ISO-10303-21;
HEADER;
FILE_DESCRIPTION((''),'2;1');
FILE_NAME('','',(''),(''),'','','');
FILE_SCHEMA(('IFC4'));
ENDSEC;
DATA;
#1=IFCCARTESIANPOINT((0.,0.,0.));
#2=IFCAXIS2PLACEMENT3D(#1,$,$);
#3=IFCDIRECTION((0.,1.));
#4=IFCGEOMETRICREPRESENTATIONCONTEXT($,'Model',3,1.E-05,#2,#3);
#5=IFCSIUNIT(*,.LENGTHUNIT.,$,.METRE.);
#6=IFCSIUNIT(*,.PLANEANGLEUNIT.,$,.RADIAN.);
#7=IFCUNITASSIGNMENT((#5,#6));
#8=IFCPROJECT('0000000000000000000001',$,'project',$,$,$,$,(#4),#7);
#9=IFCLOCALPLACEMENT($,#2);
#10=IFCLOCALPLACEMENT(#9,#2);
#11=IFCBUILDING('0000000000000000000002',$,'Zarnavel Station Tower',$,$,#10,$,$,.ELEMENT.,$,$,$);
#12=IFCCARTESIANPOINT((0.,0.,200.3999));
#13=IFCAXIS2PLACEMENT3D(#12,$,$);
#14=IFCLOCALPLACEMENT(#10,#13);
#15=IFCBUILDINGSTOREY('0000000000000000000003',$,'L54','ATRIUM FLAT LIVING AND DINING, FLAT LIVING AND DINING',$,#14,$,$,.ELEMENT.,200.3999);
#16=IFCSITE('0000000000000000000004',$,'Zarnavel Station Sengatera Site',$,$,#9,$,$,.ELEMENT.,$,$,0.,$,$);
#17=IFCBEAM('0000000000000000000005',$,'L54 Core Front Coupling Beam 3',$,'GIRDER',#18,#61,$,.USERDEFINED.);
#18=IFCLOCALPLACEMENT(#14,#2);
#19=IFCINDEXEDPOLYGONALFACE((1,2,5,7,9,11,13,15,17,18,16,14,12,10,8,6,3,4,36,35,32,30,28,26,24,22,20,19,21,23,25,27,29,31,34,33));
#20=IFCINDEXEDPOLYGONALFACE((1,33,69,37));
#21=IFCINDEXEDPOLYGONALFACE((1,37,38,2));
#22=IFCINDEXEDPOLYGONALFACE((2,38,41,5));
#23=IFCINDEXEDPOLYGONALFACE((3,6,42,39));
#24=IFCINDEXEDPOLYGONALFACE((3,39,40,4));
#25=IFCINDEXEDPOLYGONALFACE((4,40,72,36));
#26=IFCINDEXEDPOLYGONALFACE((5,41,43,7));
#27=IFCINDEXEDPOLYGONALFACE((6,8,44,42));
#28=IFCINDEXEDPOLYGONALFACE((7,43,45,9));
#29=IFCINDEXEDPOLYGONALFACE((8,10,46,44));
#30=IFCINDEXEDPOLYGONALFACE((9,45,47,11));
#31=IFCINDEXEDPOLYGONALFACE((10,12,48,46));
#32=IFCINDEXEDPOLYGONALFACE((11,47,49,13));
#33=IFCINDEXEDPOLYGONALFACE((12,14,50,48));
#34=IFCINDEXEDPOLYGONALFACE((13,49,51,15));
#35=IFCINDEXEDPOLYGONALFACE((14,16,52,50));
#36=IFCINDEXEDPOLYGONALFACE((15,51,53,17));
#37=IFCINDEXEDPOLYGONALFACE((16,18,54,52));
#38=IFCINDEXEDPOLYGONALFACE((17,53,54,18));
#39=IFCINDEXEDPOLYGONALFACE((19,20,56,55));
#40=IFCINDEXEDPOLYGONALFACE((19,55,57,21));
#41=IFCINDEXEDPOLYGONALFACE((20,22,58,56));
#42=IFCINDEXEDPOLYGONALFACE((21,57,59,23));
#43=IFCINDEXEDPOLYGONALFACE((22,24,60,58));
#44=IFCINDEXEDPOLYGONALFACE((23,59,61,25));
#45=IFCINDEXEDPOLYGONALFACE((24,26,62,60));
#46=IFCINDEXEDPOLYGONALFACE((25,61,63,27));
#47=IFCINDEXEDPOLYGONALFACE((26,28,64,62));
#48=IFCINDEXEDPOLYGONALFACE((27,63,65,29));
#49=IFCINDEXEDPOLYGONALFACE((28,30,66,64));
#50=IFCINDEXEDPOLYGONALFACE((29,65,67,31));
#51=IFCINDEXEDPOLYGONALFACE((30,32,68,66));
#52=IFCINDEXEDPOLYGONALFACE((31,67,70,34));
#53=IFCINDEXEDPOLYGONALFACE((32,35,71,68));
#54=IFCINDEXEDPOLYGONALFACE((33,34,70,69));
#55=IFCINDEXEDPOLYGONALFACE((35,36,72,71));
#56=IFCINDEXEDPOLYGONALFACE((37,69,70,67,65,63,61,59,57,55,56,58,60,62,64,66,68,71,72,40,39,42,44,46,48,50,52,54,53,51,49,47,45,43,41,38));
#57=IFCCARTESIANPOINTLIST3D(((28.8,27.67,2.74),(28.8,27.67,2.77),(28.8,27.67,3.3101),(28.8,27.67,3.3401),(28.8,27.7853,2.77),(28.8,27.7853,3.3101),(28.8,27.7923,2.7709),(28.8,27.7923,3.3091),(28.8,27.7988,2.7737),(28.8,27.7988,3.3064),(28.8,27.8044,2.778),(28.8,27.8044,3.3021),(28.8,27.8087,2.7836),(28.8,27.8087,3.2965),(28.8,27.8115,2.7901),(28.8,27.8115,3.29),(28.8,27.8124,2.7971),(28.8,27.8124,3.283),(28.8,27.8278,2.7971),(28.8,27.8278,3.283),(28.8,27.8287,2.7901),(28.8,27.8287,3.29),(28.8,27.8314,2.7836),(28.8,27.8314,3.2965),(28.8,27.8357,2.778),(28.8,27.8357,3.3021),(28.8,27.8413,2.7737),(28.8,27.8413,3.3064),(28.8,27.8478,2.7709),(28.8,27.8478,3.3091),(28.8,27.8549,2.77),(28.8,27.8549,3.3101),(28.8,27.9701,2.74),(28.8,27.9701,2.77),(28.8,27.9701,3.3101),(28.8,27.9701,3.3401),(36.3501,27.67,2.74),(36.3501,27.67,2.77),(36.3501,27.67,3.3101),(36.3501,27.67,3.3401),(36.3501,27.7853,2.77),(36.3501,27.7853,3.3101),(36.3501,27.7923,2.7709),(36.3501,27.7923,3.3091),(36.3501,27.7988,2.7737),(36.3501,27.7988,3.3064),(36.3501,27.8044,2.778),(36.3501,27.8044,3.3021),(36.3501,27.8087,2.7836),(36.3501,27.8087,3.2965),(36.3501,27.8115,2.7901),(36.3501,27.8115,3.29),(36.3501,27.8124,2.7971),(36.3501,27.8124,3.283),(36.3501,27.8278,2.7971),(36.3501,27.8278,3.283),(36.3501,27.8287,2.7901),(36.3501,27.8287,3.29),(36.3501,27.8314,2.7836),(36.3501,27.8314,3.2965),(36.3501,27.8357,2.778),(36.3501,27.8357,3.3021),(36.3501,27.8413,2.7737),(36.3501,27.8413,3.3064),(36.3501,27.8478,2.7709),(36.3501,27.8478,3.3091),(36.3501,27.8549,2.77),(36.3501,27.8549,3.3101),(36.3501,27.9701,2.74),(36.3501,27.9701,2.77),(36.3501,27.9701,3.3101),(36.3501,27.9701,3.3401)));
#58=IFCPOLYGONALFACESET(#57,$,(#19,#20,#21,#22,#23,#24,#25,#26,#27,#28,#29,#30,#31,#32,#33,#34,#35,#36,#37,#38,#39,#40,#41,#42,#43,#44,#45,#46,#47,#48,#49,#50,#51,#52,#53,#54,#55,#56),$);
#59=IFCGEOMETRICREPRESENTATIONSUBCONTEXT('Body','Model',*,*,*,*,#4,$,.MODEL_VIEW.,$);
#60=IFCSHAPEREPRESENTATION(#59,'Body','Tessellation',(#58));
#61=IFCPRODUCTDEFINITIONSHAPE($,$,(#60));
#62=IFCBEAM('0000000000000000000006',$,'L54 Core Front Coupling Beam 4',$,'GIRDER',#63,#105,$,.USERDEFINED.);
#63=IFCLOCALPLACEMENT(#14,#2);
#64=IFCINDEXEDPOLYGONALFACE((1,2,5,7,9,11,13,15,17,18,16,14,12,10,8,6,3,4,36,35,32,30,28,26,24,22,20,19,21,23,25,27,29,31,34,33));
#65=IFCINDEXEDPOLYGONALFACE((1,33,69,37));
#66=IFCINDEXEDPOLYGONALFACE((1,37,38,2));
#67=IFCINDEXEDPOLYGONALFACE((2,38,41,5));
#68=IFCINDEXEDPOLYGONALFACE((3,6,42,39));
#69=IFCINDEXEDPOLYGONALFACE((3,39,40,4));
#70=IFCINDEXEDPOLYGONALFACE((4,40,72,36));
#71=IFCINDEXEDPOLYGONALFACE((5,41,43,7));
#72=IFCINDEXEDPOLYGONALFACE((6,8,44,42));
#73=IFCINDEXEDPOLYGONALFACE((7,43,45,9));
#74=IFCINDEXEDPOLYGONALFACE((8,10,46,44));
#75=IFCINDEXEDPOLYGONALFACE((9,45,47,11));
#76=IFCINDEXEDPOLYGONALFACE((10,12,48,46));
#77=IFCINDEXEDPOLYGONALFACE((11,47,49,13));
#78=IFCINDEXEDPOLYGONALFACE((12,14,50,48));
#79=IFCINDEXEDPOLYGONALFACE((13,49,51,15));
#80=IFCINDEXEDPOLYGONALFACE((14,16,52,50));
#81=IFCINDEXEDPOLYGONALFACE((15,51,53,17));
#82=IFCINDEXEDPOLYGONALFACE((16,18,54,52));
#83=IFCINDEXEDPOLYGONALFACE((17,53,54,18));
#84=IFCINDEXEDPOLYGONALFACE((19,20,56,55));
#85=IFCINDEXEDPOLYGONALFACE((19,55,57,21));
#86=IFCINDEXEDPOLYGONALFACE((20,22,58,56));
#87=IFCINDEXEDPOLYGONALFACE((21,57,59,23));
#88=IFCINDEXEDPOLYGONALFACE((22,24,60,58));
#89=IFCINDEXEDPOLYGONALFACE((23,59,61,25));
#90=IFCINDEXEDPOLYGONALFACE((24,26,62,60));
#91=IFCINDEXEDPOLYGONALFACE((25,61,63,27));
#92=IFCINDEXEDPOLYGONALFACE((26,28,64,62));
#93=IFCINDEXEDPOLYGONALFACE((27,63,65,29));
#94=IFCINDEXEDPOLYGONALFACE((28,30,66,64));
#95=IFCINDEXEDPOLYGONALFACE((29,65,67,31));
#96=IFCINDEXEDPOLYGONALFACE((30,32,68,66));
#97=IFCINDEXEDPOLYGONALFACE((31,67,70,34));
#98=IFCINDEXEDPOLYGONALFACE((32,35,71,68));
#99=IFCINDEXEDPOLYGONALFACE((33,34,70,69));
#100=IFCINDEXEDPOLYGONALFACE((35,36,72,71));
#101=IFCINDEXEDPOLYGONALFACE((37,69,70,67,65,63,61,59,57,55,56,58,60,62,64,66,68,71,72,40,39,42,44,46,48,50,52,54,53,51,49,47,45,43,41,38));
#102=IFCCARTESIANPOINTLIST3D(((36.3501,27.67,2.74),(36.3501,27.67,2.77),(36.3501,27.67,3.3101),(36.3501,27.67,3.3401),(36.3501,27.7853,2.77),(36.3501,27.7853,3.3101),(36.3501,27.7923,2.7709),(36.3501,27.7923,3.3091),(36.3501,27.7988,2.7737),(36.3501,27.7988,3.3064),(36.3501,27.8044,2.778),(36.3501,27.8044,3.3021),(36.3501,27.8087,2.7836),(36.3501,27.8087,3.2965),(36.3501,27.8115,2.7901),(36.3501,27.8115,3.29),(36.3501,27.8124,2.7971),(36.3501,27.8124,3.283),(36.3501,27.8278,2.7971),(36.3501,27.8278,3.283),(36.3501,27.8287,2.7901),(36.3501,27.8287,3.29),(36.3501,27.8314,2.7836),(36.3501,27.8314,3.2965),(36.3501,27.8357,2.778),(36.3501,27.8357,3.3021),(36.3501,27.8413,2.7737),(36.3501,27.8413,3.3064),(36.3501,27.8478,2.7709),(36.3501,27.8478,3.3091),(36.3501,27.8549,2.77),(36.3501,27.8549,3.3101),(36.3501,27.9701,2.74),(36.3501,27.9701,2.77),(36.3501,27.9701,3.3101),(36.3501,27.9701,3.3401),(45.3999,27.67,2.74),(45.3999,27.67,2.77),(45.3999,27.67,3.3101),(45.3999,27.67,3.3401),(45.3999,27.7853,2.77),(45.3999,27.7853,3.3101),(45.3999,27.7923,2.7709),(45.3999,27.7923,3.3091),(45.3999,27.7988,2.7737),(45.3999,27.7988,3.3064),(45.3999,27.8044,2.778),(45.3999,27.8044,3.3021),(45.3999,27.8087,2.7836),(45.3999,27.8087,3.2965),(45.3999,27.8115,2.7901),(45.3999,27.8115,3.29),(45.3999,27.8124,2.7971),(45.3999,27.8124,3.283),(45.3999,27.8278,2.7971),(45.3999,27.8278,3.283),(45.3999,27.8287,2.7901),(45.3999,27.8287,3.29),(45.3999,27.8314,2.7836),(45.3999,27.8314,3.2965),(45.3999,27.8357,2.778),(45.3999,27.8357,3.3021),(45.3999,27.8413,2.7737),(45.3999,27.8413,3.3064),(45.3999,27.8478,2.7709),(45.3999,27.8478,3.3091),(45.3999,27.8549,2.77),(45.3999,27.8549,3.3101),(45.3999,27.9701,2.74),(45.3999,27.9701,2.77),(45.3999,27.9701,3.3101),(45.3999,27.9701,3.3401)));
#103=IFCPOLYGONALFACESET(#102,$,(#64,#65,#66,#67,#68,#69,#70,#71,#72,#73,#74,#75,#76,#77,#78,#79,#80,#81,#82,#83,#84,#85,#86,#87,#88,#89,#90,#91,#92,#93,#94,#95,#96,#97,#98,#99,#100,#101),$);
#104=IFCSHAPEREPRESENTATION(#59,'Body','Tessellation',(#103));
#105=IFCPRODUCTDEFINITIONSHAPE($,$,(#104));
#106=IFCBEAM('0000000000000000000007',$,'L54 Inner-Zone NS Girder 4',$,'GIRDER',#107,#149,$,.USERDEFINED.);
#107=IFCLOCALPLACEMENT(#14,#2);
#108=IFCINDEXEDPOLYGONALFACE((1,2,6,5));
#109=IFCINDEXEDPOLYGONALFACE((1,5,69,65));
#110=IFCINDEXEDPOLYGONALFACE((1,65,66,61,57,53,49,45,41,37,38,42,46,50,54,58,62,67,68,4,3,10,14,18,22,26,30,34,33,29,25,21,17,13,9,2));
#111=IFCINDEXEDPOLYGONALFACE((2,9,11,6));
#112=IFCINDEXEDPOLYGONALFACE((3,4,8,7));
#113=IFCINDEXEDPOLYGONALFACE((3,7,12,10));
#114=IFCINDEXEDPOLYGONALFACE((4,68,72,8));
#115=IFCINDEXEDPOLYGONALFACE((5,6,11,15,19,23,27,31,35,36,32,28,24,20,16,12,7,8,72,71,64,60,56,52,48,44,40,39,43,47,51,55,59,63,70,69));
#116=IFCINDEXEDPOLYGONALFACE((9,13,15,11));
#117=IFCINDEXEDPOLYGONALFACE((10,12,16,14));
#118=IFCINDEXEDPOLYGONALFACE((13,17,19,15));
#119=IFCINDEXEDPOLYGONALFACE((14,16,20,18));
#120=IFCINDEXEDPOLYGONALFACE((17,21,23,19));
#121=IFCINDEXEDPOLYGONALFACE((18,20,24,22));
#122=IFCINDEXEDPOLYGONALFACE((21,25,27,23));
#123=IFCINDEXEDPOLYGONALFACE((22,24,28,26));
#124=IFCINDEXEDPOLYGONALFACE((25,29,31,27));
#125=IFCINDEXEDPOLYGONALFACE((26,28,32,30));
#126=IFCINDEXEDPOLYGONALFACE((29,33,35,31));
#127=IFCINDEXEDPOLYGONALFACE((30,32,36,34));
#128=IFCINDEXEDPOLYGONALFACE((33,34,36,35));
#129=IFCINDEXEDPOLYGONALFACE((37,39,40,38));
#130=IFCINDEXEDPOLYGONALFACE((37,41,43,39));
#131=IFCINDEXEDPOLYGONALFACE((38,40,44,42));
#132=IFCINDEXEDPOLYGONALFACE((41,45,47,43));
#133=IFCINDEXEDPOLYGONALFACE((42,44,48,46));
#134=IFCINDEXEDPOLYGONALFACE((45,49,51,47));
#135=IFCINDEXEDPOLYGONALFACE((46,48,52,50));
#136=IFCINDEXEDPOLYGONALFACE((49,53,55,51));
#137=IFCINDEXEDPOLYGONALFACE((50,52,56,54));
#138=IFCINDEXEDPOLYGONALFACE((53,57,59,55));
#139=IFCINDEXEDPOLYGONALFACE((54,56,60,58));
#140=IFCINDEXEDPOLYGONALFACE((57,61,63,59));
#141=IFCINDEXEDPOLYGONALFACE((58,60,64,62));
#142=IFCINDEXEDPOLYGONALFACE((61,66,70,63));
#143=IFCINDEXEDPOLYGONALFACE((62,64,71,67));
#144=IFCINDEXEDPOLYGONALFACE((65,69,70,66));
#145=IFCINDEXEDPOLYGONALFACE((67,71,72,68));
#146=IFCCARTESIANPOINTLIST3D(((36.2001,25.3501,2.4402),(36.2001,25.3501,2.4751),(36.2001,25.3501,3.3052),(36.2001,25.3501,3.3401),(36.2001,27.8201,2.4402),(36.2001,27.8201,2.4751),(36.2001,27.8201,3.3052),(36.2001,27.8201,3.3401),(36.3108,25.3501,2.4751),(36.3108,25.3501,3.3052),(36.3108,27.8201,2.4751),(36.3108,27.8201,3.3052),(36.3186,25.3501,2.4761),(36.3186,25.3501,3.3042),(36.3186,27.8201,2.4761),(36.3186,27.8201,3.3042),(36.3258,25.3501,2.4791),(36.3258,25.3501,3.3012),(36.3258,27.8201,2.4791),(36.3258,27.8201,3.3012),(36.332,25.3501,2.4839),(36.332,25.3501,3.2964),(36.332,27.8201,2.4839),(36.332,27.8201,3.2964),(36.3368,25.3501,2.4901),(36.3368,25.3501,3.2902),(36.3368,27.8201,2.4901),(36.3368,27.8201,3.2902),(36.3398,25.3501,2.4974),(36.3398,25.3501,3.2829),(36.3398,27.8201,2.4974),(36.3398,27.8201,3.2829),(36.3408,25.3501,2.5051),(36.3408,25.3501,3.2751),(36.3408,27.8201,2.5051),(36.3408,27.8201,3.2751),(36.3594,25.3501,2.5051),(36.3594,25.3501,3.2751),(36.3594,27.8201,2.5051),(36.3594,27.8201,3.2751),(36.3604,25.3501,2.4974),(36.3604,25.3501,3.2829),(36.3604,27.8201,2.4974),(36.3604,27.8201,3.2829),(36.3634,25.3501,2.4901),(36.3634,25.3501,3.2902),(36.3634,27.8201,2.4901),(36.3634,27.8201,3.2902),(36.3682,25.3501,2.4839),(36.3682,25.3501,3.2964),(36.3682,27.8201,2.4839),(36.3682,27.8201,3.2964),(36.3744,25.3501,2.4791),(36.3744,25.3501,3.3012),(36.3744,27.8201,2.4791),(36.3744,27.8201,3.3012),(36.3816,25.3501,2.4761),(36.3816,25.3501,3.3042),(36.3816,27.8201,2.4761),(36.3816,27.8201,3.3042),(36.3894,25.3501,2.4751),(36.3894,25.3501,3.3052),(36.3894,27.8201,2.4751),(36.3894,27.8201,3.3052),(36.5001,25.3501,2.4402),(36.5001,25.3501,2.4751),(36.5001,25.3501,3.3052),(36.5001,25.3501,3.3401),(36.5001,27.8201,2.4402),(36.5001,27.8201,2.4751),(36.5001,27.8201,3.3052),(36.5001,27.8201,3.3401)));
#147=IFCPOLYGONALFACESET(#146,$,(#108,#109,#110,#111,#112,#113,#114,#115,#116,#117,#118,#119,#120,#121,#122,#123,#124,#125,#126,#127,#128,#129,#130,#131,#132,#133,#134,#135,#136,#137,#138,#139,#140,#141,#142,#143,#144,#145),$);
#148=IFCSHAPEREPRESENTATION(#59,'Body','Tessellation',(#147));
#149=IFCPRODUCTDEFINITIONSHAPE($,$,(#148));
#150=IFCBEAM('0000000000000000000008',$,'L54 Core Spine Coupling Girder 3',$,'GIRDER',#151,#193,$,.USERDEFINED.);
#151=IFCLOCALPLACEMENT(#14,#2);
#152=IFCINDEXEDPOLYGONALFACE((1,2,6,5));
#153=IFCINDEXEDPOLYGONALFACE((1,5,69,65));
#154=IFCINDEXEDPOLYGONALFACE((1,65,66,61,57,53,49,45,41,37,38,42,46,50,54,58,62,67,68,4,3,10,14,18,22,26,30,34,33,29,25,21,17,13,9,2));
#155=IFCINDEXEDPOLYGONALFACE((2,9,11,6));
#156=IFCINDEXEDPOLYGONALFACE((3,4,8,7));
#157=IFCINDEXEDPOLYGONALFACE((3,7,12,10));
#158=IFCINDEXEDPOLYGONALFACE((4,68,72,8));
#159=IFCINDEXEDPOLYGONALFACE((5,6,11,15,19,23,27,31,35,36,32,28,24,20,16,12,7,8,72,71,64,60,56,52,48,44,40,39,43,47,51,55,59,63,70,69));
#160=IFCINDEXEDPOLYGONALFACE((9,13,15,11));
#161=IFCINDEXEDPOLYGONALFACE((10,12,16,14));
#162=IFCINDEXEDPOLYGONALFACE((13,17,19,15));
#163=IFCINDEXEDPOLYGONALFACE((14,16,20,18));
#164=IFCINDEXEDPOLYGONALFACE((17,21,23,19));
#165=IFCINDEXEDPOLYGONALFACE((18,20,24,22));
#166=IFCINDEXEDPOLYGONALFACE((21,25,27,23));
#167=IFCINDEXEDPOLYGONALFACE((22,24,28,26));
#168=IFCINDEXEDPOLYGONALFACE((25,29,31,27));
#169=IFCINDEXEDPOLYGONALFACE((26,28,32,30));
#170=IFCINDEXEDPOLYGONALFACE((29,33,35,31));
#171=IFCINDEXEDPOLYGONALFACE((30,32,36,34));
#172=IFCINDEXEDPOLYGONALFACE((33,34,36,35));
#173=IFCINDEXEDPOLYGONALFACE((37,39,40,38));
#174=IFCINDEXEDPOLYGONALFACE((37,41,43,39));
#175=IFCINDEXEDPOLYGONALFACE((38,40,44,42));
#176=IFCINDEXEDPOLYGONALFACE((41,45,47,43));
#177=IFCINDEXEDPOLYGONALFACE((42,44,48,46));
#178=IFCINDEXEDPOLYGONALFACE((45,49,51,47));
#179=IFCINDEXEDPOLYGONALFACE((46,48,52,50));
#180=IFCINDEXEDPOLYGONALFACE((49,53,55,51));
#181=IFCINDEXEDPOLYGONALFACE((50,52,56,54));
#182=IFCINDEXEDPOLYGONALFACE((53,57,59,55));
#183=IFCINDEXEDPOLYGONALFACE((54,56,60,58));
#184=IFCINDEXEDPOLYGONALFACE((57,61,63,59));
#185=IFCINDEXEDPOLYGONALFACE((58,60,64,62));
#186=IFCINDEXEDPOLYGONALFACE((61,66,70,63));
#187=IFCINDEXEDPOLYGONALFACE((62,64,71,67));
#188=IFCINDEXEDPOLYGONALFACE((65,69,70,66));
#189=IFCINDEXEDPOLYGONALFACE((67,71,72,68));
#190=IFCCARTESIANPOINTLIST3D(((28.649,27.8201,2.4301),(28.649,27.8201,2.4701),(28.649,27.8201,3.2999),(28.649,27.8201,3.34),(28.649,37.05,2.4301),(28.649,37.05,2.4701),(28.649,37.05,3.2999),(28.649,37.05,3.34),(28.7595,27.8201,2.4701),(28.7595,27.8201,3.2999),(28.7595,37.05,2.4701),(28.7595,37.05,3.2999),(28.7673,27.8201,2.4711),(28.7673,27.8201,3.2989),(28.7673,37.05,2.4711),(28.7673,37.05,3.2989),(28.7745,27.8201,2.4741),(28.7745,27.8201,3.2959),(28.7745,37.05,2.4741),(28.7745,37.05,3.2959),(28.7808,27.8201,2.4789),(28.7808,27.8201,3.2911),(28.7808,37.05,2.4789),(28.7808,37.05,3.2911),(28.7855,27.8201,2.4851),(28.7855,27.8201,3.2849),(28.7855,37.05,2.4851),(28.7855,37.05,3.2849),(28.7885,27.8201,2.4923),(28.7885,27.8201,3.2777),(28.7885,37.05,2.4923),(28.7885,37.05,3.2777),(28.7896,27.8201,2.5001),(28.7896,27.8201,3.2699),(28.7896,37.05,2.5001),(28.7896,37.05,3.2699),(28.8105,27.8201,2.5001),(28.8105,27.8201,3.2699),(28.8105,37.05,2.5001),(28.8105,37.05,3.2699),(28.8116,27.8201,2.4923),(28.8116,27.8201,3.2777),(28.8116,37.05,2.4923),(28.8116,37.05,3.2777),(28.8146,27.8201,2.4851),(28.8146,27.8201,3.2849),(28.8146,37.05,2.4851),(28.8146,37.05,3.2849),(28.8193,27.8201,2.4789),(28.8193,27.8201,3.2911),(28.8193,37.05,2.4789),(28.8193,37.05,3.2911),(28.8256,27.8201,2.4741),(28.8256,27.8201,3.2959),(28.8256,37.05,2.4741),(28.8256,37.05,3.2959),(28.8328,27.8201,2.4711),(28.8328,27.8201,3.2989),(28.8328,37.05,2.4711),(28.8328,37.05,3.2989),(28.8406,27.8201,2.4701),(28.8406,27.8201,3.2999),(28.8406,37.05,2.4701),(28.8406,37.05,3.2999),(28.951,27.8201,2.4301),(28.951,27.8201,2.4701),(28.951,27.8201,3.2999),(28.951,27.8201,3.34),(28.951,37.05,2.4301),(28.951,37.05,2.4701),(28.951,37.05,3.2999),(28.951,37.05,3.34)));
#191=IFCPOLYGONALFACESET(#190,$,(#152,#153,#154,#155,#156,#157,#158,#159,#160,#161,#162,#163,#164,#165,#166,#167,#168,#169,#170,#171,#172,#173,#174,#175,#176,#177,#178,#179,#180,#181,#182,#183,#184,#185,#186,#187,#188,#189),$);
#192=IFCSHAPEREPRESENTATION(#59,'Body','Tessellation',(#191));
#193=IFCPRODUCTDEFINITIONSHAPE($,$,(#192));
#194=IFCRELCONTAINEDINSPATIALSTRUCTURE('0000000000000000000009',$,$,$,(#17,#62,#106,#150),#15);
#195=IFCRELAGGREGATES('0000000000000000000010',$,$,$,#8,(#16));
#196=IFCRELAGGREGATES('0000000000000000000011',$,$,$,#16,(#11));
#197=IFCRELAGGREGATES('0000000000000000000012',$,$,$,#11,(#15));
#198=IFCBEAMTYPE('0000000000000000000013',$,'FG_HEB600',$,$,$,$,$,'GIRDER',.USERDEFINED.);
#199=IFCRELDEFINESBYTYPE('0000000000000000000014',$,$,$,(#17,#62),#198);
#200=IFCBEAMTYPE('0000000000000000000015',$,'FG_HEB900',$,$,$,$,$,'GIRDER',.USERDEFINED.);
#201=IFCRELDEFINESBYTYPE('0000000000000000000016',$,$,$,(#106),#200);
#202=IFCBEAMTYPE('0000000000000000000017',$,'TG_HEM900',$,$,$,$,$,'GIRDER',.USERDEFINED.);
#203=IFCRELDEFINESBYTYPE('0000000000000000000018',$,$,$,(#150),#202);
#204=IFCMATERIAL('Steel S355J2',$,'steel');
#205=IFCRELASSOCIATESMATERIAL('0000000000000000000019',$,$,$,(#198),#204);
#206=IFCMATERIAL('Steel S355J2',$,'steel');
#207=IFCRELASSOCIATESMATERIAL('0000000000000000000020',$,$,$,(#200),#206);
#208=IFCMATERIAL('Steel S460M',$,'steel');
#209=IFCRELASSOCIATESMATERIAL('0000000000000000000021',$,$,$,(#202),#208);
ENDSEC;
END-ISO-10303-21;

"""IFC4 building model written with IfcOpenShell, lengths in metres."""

from ifc_helpers import new_model, si_unit, direction, frame, origin, origin_2d, place, context, subcontext, project, spatial, i_section, extrude, material, material_profile, profile_set, type_object, element, save


model = new_model("IFC4")

# Units and contexts
model_context = context("Model", 3, precision=1e-05, world=origin(), true_north=direction((0.0, 1.0)))
body_context = subcontext(model_context, "Body", "Model", "MODEL_VIEW")
ifc_project = project(units=[si_unit("LENGTHUNIT", "METRE"), si_unit("PLANEANGLEUNIT", "RADIAN")], contexts=[model_context])

# Site, building, storey
site_placement = place(None, origin())
site = spatial("IfcSite", under=ifc_project, at=site_placement, Name="Zarnavel Station Sengatera Site", CompositionType="ELEMENT", RefElevation=0.0)
building_placement = place(site_placement, origin())
building = spatial("IfcBuilding", under=site, at=building_placement, Name="Zarnavel Station Tower", CompositionType="ELEMENT")
storey_placement = place(building_placement, frame((0.0, 0.0, 200.3999)))
storey = spatial("IfcBuildingStorey", under=building, at=storey_placement, Name="L54", Description="ATRIUM FLAT LIVING AND DINING, FLAT LIVING AND DINING", CompositionType="ELEMENT", Elevation=200.3999)

# Beams
ifc_material_1 = material(Name="Steel S355J2", Category="steel")
ifc_material_profile_1 = material_profile(ifc_material_1, i_section(OverallWidth=0.3, OverallDepth=0.6001, WebThickness=0.0154, FlangeThickness=0.03, FilletRadius=0.0271, at=origin_2d()), Name="HEB600")
ifc_profile_set_1 = profile_set([ifc_material_profile_1], Name="Steel S355J2")
beam_type_1 = type_object("IfcBeamType", Name="FG_HEB600", ElementType="GIRDER", PredefinedType="USERDEFINED", material=ifc_profile_set_1)
beam_1_placement = place(storey_placement, frame((28.8, 27.8201, 3.04), z_axis=(1.0, 0.0, 0.0), x_axis=(0.0, 1.0, 0.0)))
element("IfcBeam", 1, at=beam_1_placement, inside=storey, type_object=beam_type_1, Name="L54 Core Front Coupling Beam 3", ObjectType="GIRDER", PredefinedType="USERDEFINED", context=body_context, shape_type="SweptSolid", body=[
    extrude(i_section(OverallWidth=0.3, OverallDepth=0.6001, WebThickness=0.0154, FlangeThickness=0.03, FilletRadius=0.0271, at=origin_2d()), origin(), (0.0, 0.0, 1.0), 7.55),
])
beam_2_placement = place(storey_placement, frame((36.3501, 27.8201, 3.04), z_axis=(1.0, 0.0, 0.0), x_axis=(0.0, 1.0, 0.0)))
element("IfcBeam", 2, at=beam_2_placement, inside=storey, type_object=beam_type_1, Name="L54 Core Front Coupling Beam 4", ObjectType="GIRDER", PredefinedType="USERDEFINED", context=body_context, shape_type="SweptSolid", body=[
    extrude(i_section(OverallWidth=0.3, OverallDepth=0.6001, WebThickness=0.0154, FlangeThickness=0.03, FilletRadius=0.0271, at=origin_2d()), origin(), (0.0, 0.0, 1.0), 9.0498),
])
ifc_material_2 = material(Name="Steel S355J2", Category="steel")
ifc_material_profile_2 = material_profile(ifc_material_2, i_section(OverallWidth=0.3, OverallDepth=0.8999, WebThickness=0.0186, FlangeThickness=0.0349, FilletRadius=0.03, at=origin_2d()), Name="HEB900")
ifc_profile_set_2 = profile_set([ifc_material_profile_2], Name="Steel S355J2")
beam_type_2 = type_object("IfcBeamType", Name="FG_HEB900", ElementType="GIRDER", PredefinedType="USERDEFINED", material=ifc_profile_set_2)
beam_3_placement = place(storey_placement, frame((36.3501, 25.3501, 2.8901), z_axis=(0.0, 1.0, 0.0), x_axis=(-1.0, 0.0, 0.0)))
element("IfcBeam", 3, at=beam_3_placement, inside=storey, type_object=beam_type_2, Name="L54 Inner-Zone NS Girder 4", ObjectType="GIRDER", PredefinedType="USERDEFINED", context=body_context, shape_type="SweptSolid", body=[
    extrude(i_section(OverallWidth=0.3, OverallDepth=0.8999, WebThickness=0.0186, FlangeThickness=0.0349, FilletRadius=0.03, at=origin_2d()), origin(), (0.0, 0.0, 1.0), 2.47),
])
ifc_material_3 = material(Name="Steel S460M", Category="steel")
ifc_material_profile_3 = material_profile(ifc_material_3, i_section(OverallWidth=0.302, OverallDepth=0.9099, WebThickness=0.021, FlangeThickness=0.04, FilletRadius=0.03, at=origin_2d()), Name="HEM900")
ifc_profile_set_3 = profile_set([ifc_material_profile_3], Name="Steel S460M")
beam_type_3 = type_object("IfcBeamType", Name="TG_HEM900", ElementType="GIRDER", PredefinedType="USERDEFINED", material=ifc_profile_set_3)
for number, where, z_axis, x_axis, name in (
    (4, (28.8, 27.8201, 2.885), (0.0, 1.0, 0.0), (-1.0, 0.0, 0.0), "L54 Core Spine Coupling Girder 3"),
):
    element("IfcBeam", number, at=place(storey_placement, frame(where, z_axis=z_axis, x_axis=x_axis)), inside=storey, type_object=beam_type_3, Name=name, ObjectType="GIRDER", PredefinedType="USERDEFINED", context=body_context, shape_type="SweptSolid", body=[
        extrude(i_section(OverallWidth=0.302, OverallDepth=0.9099, WebThickness=0.021, FlangeThickness=0.04, FilletRadius=0.03, at=origin_2d()), origin(), (0.0, 0.0, 1.0), 9.23),
    ])

save(model, "model.ifc")
